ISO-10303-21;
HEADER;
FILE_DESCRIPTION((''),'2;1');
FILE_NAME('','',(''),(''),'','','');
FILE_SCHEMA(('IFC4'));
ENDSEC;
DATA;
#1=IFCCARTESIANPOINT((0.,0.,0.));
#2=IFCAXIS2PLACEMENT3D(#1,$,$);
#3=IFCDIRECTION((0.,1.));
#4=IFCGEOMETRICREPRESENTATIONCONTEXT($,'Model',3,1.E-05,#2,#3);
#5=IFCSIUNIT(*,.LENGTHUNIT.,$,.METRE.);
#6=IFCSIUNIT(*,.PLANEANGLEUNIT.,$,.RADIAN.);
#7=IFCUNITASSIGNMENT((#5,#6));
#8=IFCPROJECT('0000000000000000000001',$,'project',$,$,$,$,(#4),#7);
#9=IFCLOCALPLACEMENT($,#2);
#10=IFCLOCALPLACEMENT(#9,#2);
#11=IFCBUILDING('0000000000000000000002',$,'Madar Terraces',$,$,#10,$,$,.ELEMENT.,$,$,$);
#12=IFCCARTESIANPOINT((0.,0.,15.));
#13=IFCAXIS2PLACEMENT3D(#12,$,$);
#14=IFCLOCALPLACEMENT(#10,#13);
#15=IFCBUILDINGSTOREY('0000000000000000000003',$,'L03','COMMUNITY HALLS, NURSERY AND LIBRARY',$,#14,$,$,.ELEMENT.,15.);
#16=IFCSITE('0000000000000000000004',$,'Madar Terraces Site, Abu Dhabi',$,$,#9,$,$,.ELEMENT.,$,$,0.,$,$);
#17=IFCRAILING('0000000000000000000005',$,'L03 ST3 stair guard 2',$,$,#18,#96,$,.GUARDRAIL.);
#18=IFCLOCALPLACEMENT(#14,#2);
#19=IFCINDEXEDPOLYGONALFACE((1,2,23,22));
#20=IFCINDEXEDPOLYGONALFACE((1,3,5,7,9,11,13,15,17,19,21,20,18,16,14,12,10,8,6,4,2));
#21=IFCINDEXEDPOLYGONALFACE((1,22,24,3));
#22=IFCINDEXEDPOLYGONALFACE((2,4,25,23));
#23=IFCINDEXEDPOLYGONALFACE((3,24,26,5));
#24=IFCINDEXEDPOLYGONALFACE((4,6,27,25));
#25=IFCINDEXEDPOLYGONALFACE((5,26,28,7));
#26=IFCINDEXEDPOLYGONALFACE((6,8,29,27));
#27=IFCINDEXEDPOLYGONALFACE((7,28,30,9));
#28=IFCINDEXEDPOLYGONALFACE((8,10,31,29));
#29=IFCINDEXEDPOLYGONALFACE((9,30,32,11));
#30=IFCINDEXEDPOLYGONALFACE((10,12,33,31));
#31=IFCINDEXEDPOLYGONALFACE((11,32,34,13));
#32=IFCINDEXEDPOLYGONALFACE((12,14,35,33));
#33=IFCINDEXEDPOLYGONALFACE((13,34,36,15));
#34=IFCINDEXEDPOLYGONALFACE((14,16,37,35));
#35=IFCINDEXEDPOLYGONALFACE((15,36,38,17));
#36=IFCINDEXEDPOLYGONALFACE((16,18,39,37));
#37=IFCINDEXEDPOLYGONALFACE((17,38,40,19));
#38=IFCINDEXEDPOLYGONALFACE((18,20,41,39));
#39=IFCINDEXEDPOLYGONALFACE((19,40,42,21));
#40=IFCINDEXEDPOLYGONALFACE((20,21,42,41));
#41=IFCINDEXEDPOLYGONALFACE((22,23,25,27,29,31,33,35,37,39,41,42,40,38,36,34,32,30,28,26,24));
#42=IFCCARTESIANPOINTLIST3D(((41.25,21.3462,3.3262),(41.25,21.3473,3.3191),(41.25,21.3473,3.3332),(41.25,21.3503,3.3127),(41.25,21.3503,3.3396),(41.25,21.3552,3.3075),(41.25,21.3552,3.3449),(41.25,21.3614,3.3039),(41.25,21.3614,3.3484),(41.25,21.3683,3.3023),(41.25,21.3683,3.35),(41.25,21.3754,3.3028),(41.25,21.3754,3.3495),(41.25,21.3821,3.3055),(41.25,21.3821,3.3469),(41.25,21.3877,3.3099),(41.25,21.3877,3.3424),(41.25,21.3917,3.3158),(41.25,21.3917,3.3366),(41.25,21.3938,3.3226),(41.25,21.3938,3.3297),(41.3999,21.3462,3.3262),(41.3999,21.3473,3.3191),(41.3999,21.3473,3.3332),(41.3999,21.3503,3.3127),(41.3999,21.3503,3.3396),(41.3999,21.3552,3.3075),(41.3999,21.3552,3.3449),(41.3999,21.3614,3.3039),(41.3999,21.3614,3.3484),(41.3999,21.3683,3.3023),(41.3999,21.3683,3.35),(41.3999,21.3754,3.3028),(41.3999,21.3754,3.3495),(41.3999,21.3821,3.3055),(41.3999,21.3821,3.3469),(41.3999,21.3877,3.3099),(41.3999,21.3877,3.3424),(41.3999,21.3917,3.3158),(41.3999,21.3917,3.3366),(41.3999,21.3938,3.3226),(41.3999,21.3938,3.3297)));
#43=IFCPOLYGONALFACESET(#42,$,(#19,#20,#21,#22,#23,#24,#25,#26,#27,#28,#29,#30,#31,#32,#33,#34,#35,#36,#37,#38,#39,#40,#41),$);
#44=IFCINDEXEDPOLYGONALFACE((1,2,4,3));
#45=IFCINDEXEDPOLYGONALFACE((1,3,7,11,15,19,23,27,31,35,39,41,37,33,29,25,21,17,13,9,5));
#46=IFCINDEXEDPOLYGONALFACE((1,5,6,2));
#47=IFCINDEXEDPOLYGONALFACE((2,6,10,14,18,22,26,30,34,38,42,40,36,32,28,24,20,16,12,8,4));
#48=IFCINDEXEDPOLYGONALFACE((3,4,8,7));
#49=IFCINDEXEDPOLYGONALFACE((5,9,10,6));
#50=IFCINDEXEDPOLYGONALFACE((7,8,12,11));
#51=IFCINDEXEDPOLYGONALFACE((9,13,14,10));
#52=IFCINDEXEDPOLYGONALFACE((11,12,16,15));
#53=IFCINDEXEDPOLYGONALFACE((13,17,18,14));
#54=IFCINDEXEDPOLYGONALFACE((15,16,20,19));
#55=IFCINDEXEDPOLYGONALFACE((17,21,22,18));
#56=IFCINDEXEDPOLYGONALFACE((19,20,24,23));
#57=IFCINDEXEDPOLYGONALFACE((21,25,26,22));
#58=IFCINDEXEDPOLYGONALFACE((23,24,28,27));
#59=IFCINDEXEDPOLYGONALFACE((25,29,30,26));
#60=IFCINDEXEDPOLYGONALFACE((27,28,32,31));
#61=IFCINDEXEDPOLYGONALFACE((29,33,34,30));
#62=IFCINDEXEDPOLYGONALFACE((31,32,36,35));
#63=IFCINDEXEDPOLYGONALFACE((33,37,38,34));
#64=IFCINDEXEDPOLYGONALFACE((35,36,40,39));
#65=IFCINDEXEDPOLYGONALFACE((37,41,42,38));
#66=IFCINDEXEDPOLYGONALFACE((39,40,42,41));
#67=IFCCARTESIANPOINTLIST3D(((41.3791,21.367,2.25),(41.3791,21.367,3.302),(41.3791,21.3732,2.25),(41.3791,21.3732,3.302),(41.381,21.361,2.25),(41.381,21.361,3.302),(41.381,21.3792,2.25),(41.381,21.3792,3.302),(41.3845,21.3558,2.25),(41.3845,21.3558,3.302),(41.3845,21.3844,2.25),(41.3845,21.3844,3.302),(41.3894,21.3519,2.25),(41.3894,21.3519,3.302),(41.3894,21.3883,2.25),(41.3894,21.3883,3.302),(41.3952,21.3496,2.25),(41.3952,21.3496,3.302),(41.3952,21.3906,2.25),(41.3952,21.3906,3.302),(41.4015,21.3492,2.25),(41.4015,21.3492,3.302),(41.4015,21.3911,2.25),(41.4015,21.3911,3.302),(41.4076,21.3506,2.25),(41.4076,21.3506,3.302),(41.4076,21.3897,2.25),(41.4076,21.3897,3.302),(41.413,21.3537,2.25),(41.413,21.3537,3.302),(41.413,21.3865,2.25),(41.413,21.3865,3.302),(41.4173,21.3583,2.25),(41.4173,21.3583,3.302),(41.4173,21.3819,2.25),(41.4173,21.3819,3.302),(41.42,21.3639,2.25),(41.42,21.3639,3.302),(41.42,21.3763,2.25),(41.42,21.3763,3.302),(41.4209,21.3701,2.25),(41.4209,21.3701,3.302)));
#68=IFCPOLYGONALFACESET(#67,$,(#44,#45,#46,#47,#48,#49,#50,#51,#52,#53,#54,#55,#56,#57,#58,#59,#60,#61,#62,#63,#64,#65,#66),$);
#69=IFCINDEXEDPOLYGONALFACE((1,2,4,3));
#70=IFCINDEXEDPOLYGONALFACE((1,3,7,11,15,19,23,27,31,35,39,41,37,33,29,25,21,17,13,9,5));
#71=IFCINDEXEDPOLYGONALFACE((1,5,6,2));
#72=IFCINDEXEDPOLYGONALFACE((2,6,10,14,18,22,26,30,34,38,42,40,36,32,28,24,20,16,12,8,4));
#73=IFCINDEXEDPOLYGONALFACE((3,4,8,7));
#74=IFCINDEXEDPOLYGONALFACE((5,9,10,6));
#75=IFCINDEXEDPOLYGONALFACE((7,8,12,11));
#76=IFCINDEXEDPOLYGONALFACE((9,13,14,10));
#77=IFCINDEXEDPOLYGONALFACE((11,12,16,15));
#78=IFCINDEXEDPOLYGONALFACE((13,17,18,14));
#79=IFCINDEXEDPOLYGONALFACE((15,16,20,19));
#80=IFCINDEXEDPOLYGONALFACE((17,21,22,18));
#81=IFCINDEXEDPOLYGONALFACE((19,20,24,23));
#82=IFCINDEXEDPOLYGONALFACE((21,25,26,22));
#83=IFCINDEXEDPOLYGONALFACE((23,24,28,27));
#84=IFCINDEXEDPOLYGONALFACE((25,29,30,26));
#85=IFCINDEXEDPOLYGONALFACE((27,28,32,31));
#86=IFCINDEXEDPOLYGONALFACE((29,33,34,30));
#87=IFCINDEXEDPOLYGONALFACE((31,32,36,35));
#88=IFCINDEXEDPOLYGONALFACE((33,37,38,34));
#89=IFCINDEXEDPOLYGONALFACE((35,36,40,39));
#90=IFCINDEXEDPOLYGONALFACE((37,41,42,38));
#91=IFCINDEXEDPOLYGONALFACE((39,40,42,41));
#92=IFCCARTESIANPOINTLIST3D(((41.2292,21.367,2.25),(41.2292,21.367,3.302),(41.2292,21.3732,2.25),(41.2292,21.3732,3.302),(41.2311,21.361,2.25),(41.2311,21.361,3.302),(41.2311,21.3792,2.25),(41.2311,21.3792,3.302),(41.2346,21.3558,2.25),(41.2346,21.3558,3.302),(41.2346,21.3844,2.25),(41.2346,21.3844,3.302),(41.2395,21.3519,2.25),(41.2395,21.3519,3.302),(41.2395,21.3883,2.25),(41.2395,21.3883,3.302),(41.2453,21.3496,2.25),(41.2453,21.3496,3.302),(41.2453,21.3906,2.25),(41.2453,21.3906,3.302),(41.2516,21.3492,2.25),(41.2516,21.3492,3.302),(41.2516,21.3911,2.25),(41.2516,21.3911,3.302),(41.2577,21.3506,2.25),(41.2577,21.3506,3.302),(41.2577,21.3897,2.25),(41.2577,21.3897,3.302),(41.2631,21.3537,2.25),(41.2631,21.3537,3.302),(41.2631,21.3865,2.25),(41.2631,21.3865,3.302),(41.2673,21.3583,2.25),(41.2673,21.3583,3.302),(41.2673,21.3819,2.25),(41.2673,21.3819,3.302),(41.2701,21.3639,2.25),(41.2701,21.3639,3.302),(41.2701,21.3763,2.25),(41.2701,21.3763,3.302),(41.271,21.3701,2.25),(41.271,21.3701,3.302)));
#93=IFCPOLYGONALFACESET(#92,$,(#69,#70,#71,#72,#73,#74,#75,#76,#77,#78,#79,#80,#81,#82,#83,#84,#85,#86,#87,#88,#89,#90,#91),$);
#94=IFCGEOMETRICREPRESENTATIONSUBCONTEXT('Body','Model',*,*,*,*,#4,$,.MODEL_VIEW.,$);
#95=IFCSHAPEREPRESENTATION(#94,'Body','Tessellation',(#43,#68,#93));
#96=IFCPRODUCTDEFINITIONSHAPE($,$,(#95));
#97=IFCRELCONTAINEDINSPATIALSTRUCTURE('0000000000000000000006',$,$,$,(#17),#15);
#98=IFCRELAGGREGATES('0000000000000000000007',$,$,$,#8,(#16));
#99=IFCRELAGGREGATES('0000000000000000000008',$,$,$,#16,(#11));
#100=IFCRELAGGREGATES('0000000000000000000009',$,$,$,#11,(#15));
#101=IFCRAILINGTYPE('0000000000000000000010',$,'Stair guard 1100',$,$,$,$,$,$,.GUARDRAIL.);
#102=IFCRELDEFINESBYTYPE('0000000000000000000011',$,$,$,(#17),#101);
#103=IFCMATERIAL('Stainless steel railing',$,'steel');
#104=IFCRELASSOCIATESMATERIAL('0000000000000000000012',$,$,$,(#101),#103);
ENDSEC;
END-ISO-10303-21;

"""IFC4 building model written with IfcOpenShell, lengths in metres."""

from ifc_helpers import new_model, si_unit, direction, frame, origin, origin_2d, place, context, subcontext, project, spatial, circle, extrude, material, type_object, element, save


model = new_model("IFC4")

# Units and contexts
model_context = context("Model", 3, precision=1e-05, world=origin(), true_north=direction((0.0, 1.0)))
body_context = subcontext(model_context, "Body", "Model", "MODEL_VIEW")
ifc_project = project(units=[si_unit("LENGTHUNIT", "METRE"), si_unit("PLANEANGLEUNIT", "RADIAN")], contexts=[model_context])

# Site, building, storey
site_placement = place(None, origin())
site = spatial("IfcSite", under=ifc_project, at=site_placement, Name="Madar Terraces Site, Abu Dhabi", CompositionType="ELEMENT", RefElevation=0.0)
building_placement = place(site_placement, origin())
building = spatial("IfcBuilding", under=site, at=building_placement, Name="Madar Terraces", CompositionType="ELEMENT")
storey_placement = place(building_placement, frame((0.0, 0.0, 15.0)))
storey = spatial("IfcBuildingStorey", under=building, at=storey_placement, Name="L03", Description="COMMUNITY HALLS, NURSERY AND LIBRARY", CompositionType="ELEMENT", Elevation=15.0)

# Railing
ifc_material_1 = material(Name="Stainless steel railing", Category="steel")
railing_type_1 = type_object("IfcRailingType", Name="Stair guard 1100", PredefinedType="GUARDRAIL", material=ifc_material_1)
railing_1_placement = place(storey_placement, frame((41.3999, 21.3701, 2.25)))
element("IfcRailing", 1, at=railing_1_placement, inside=storey, type_object=railing_type_1, Name="L03 ST3 stair guard 2", PredefinedType="GUARDRAIL", context=body_context, shape_type="SweptSolid", body=[
    extrude(circle(Radius=0.0239, at=origin_2d()), frame((0.0, 0.0, 1.0762), z_axis=(-1.0, 0.0, 0.0), x_axis=(0.0, -1.0, 0.0)), (0.0, 0.0, 1.0), 0.1499),
    extrude(circle(Radius=0.021, at=origin_2d()), origin(), (0.0, 0.0, 1.0), 1.052),
    extrude(circle(Radius=0.021, at=origin_2d()), frame((-0.1499, 0.0, 0.0)), (0.0, 0.0, 1.0), 1.052),
])

save(model, "model.ifc")
